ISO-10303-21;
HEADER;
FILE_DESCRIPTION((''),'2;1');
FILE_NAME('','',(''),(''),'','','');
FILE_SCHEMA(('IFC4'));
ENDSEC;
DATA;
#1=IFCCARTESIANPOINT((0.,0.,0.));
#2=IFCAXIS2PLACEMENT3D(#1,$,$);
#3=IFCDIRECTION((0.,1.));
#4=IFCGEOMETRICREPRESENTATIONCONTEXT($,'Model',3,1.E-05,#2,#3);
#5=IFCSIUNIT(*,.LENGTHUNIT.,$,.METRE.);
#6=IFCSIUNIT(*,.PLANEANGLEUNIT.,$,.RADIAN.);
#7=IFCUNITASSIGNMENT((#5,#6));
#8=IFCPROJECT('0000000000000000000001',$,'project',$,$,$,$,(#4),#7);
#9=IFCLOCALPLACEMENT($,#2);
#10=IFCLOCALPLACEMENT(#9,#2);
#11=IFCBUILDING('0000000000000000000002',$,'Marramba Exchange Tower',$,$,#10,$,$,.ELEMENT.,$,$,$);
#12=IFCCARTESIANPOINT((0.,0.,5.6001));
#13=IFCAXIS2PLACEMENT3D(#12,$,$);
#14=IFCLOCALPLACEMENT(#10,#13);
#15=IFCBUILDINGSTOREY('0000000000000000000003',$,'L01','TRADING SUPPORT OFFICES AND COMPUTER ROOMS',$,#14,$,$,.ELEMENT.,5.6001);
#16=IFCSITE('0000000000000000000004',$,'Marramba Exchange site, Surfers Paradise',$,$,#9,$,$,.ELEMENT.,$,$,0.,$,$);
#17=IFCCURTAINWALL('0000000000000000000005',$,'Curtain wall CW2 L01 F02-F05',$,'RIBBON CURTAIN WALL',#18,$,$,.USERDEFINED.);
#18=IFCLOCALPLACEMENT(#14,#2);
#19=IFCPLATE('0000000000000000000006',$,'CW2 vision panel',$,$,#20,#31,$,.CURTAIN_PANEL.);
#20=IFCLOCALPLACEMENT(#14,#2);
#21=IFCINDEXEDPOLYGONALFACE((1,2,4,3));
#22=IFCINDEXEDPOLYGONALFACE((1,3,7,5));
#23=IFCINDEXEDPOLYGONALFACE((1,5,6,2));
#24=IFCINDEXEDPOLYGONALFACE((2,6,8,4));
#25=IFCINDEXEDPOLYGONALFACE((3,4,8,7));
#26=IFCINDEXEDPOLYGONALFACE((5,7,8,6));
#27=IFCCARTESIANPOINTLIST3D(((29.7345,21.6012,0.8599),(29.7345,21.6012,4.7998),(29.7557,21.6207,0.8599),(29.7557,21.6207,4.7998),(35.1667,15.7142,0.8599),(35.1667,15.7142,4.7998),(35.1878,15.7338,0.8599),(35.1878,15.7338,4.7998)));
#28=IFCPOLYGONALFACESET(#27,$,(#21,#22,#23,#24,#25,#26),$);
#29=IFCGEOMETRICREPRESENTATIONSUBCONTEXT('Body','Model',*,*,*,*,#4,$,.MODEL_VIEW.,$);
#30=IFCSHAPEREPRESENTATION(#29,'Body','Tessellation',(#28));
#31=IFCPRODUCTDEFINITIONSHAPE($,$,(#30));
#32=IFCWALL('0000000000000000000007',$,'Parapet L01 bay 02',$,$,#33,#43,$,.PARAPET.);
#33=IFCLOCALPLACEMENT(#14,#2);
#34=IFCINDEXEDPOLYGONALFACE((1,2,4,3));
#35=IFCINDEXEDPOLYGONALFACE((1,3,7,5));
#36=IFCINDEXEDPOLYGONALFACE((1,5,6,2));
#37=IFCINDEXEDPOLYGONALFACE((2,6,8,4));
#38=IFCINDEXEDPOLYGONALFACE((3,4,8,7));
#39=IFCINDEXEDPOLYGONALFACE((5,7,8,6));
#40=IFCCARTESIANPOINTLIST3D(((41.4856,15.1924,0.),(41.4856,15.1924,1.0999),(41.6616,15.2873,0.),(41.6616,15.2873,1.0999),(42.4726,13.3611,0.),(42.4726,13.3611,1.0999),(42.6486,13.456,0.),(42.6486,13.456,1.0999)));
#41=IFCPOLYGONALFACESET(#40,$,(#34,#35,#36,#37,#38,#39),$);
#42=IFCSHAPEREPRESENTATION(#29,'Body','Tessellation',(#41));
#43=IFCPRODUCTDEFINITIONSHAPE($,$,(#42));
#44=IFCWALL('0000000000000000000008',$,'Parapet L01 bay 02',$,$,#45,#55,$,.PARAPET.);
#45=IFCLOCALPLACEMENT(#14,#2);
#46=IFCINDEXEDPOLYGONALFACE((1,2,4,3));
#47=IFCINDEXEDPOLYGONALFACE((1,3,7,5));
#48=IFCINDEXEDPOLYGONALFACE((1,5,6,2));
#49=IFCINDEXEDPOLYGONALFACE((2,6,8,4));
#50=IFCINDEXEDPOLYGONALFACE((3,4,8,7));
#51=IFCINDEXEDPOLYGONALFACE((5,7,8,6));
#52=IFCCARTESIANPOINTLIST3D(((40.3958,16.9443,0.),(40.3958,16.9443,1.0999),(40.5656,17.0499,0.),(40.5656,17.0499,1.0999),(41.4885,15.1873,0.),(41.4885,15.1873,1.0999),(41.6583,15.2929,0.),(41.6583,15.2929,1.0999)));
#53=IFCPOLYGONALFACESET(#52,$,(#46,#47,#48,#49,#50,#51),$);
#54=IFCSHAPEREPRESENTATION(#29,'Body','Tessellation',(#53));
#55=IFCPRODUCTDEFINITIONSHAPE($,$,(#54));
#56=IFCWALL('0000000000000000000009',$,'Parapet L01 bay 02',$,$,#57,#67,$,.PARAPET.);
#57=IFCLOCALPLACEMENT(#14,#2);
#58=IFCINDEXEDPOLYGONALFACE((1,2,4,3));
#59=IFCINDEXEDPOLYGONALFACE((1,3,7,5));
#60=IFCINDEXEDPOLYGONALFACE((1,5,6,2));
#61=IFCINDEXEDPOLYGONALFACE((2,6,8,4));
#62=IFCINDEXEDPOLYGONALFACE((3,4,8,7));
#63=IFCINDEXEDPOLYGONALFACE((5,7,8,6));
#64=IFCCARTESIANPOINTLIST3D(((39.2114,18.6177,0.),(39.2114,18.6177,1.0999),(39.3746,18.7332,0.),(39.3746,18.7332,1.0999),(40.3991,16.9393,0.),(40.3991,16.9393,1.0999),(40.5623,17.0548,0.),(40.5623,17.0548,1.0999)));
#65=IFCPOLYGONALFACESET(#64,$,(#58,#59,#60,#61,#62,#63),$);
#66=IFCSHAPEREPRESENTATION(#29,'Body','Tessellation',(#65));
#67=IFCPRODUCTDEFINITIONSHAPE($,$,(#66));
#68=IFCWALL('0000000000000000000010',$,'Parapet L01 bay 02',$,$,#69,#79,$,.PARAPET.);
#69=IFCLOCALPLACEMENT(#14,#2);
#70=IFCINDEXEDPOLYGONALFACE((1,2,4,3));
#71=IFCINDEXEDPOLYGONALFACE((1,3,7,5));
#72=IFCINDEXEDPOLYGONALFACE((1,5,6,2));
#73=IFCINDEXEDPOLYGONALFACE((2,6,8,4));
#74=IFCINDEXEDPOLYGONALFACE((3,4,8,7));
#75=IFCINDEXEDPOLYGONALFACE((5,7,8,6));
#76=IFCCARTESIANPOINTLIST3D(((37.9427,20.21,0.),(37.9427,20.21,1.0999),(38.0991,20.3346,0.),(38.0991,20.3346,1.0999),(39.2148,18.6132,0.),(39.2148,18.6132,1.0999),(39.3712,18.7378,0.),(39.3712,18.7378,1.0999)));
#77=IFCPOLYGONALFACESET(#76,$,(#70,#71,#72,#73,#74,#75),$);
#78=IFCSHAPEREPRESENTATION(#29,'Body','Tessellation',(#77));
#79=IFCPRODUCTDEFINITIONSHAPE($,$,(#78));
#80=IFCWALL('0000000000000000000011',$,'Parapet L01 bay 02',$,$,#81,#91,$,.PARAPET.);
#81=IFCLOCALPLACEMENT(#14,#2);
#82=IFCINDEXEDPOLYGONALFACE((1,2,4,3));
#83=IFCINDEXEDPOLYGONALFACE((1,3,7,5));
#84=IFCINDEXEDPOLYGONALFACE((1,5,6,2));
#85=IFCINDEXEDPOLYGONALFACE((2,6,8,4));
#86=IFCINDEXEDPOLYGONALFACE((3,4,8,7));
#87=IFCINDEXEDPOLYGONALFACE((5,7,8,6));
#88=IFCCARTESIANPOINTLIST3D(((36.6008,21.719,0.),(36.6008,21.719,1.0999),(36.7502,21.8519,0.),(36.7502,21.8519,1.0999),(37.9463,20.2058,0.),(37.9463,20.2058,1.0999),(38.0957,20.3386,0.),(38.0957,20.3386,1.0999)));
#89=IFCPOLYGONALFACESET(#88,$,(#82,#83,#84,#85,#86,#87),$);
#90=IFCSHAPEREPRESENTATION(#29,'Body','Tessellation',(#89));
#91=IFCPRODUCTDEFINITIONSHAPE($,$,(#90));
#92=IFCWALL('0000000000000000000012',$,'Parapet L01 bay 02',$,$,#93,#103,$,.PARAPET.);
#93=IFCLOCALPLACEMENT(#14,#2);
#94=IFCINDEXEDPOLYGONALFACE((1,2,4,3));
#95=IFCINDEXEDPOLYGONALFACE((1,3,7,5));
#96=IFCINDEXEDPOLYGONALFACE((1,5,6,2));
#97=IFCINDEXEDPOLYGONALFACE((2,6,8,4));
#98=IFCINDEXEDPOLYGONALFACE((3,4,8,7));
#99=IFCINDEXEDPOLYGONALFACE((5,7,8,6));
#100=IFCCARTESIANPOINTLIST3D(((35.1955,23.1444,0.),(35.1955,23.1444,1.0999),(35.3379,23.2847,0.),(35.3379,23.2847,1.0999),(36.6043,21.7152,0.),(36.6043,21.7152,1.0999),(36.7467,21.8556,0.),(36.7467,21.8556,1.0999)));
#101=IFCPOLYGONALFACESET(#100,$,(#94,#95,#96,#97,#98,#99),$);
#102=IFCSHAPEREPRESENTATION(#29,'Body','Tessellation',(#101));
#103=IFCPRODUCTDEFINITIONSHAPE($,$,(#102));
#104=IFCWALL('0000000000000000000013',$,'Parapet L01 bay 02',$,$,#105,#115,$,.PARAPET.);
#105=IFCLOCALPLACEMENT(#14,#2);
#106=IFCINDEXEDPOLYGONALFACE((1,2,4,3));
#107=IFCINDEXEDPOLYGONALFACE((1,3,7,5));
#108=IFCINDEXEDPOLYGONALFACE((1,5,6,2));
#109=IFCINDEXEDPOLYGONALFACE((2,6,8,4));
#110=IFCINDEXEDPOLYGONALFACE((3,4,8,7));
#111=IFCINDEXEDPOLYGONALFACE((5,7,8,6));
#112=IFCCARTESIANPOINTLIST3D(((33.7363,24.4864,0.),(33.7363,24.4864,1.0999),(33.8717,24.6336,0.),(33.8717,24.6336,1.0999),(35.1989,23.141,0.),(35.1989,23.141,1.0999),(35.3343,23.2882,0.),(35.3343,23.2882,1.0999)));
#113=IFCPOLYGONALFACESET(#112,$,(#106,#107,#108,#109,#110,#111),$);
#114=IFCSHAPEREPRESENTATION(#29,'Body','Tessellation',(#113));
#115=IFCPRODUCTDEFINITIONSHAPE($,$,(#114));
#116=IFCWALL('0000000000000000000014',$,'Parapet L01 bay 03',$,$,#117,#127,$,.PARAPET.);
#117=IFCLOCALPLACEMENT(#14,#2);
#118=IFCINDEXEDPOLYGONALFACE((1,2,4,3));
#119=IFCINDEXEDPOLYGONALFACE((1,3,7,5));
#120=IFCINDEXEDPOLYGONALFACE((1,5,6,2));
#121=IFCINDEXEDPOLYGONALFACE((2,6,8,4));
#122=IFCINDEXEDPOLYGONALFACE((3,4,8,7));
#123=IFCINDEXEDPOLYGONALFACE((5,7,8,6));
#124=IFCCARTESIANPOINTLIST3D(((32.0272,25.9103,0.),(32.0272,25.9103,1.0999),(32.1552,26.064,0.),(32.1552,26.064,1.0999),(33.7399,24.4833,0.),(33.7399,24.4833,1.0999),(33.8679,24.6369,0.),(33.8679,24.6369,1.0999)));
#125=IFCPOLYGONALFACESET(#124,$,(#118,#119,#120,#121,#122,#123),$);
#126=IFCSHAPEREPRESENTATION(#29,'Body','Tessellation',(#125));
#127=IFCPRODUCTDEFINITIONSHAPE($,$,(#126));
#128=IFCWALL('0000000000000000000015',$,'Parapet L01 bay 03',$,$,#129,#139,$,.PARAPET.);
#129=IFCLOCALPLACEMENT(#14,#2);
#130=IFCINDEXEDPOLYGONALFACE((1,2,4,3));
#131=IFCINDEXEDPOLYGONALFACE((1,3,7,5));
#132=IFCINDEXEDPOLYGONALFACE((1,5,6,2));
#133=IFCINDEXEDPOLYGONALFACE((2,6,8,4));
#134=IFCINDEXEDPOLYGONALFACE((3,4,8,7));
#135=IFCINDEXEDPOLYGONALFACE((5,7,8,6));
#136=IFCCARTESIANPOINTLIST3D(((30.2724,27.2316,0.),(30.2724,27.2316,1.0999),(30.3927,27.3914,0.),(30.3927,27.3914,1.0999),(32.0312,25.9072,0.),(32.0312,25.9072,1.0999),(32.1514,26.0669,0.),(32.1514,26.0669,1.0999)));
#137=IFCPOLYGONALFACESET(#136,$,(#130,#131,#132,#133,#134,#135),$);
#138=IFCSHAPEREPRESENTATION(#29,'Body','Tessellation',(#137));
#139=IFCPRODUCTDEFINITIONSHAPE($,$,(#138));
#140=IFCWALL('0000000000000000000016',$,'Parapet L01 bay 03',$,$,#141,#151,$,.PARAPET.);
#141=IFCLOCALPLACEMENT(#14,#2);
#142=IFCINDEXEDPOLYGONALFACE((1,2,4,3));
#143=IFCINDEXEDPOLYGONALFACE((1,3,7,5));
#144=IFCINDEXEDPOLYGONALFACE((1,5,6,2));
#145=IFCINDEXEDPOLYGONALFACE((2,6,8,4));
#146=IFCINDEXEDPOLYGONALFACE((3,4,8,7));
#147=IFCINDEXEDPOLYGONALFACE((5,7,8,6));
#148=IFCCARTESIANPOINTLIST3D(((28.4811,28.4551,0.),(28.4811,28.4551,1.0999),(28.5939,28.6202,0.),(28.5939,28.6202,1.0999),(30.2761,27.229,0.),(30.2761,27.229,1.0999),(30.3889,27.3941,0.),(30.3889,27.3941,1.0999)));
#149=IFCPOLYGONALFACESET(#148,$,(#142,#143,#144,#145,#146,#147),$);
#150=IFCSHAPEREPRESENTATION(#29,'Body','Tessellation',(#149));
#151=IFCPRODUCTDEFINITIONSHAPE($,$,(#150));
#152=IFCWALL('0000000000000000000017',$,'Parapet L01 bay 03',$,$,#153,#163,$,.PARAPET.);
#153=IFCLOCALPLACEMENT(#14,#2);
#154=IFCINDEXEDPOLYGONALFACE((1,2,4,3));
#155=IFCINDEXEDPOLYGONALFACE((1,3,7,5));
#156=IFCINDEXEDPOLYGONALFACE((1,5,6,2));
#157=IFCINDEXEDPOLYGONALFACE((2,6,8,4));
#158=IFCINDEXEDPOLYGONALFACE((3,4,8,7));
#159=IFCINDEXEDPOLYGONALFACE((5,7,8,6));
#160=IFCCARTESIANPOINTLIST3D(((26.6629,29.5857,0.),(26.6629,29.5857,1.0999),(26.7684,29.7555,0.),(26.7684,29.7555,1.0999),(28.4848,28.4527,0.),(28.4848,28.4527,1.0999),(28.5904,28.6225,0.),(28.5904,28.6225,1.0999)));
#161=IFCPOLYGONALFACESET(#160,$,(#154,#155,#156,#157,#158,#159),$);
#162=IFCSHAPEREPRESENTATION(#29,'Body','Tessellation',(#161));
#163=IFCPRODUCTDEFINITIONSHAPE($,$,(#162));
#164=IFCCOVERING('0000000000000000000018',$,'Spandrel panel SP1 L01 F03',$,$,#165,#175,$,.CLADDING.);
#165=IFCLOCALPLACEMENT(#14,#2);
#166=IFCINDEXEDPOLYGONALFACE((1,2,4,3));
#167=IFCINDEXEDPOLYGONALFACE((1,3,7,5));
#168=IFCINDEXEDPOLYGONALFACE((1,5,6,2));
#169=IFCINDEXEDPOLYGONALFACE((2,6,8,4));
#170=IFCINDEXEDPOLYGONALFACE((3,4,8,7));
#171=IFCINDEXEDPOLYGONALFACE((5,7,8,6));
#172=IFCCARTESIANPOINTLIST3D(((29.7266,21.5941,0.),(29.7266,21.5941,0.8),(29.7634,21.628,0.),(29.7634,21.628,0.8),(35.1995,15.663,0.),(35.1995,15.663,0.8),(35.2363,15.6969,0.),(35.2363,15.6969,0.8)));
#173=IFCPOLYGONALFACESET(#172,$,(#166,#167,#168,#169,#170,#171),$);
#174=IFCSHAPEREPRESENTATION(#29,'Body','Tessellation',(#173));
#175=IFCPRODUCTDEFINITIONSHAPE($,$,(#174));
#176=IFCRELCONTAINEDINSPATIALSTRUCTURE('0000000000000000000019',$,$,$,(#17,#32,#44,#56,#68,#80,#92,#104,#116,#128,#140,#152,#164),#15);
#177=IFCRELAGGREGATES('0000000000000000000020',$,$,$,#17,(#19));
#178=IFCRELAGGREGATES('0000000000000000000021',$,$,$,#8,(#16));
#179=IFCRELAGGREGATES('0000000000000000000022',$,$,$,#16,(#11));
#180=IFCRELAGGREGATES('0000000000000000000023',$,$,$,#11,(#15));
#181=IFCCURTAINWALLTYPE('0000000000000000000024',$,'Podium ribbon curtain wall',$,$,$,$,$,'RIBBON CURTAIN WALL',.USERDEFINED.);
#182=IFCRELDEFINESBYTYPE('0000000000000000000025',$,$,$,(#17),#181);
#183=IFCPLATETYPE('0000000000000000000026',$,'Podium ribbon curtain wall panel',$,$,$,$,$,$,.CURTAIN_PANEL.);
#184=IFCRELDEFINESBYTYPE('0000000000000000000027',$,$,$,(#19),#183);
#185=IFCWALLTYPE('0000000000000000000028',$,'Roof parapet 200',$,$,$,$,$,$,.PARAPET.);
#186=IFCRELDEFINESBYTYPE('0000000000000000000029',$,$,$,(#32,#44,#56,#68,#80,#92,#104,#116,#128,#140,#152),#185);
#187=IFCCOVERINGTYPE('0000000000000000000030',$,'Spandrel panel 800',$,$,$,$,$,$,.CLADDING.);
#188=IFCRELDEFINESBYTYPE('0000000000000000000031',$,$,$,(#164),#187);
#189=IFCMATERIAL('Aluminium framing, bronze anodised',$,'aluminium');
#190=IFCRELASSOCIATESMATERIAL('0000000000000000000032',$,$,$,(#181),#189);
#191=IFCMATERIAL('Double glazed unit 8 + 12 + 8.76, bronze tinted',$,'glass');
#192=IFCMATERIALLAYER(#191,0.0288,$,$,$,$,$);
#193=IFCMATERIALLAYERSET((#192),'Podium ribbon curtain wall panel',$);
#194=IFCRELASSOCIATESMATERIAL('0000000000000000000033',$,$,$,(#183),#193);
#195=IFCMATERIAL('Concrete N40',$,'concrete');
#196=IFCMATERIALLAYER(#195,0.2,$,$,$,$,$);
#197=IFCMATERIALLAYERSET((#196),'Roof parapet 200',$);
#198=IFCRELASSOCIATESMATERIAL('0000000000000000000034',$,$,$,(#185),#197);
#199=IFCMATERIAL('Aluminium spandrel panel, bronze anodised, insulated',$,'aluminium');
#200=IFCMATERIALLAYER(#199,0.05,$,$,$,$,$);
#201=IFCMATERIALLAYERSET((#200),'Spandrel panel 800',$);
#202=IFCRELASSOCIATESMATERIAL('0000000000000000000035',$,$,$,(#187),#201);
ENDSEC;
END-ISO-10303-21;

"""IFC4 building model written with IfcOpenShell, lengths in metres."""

from ifc_helpers import new_model, si_unit, direction, frame, frame_2d, origin, origin_2d, place, context, subcontext, project, spatial, rectangle, extrude, material, layer, layer_set, type_object, element, aggregate, save


model = new_model("IFC4")

# Units and contexts
model_context = context("Model", 3, precision=1e-05, world=origin(), true_north=direction((0.0, 1.0)))
body_context = subcontext(model_context, "Body", "Model", "MODEL_VIEW")
ifc_project = project(units=[si_unit("LENGTHUNIT", "METRE"), si_unit("PLANEANGLEUNIT", "RADIAN")], contexts=[model_context])

# Site, building, storey
site_placement = place(None, origin())
site = spatial("IfcSite", under=ifc_project, at=site_placement, Name="Marramba Exchange site, Surfers Paradise", CompositionType="ELEMENT", RefElevation=0.0)
building_placement = place(site_placement, origin())
building = spatial("IfcBuilding", under=site, at=building_placement, Name="Marramba Exchange Tower", CompositionType="ELEMENT")
storey_placement = place(building_placement, frame((0.0, 0.0, 5.6001)))
storey = spatial("IfcBuildingStorey", under=building, at=storey_placement, Name="L01", Description="TRADING SUPPORT OFFICES AND COMPUTER ROOMS", CompositionType="ELEMENT", Elevation=5.6001)

# Curtain wall
ifc_material_1 = material(Name="Aluminium framing, bronze anodised", Category="aluminium")
curtain_wall_type = type_object("IfcCurtainWallType", Name="Podium ribbon curtain wall", ElementType="RIBBON CURTAIN WALL", PredefinedType="USERDEFINED", material=ifc_material_1)
curtain_wall_placement = place(storey_placement, origin())
curtain_wall = element("IfcCurtainWall", 1, at=curtain_wall_placement, inside=storey, type_object=curtain_wall_type, Name="Curtain wall CW2 L01 F02-F05", ObjectType="RIBBON CURTAIN WALL", PredefinedType="USERDEFINED")

# Plate
ifc_material_2 = material(Name="Double glazed unit 8 + 12 + 8.76, bronze tinted", Category="glass")
ifc_layer_1 = layer(ifc_material_2, 0.0288)
ifc_layer_set_1 = layer_set([ifc_layer_1], Name="Podium ribbon curtain wall panel")
plate_type = type_object("IfcPlateType", Name="Podium ribbon curtain wall panel", PredefinedType="CURTAIN_PANEL", material=ifc_layer_set_1)
plate_placement = place(storey_placement, frame((32.4612, 18.6675, 0.8599), z_axis=(0.0, 0.0, 1.0), x_axis=(-0.678147, 0.734926, 0.0)))
plate = element("IfcPlate", 2, at=plate_placement, type_object=plate_type, Name="CW2 vision panel", PredefinedType="CURTAIN_PANEL", context=body_context, shape_type="SweptSolid", body=[
    extrude(rectangle(XDim=8.0103, YDim=0.0288, at=origin_2d()), origin(), (0.0, 0.0, 1.0), 3.9399),
])
aggregate(curtain_wall, [plate])

# Walls
ifc_material_3 = material(Name="Concrete N40", Category="concrete")
ifc_layer_2 = layer(ifc_material_3, 0.2)
ifc_layer_set_2 = layer_set([ifc_layer_2], Name="Roof parapet 200")
wall_type = type_object("IfcWallType", Name="Roof parapet 200", PredefinedType="PARAPET", material=ifc_layer_set_2)
wall_1_placement = place(storey_placement, frame((42.5605, 13.4087, 0.0), z_axis=(0.0, 0.0, 1.0), x_axis=(-0.474464, 0.880275, 0.0)))
element("IfcWall", 3, at=wall_1_placement, inside=storey, type_object=wall_type, Name="Parapet L01 bay 02", PredefinedType="PARAPET", context=body_context, shape_type="SweptSolid", body=[
    extrude(rectangle(XDim=2.0803, YDim=0.2, at=frame_2d((1.04, 0.0))), origin(), (0.0, 0.0, 1.0), 1.0999),
])
wall_2_placement = place(storey_placement, frame((41.5735, 15.24, 0.0), z_axis=(0.0, 0.0, 1.0), x_axis=(-0.52812, 0.849169, 0.0)))
element("IfcWall", 4, at=wall_2_placement, inside=storey, type_object=wall_type, Name="Parapet L01 bay 02", PredefinedType="PARAPET", context=body_context, shape_type="SweptSolid", body=[
    extrude(rectangle(XDim=2.0691, YDim=0.2, at=frame_2d((1.0347, 0.0))), origin(), (0.0, 0.0, 1.0), 1.0999),
])
wall_3_placement = place(storey_placement, frame((40.4807, 16.9971, 0.0), z_axis=(0.0, 0.0, 1.0), x_axis=(-0.577638, 0.816293, 0.0)))
element("IfcWall", 5, at=wall_3_placement, inside=storey, type_object=wall_type, Name="Parapet L01 bay 02", PredefinedType="PARAPET", context=body_context, shape_type="SweptSolid", body=[
    extrude(rectangle(XDim=2.0562, YDim=0.2, at=frame_2d((1.0281, 0.0))), origin(), (0.0, 0.0, 1.0), 1.0999),
])
wall_4_placement = place(storey_placement, frame((39.293, 18.6755, 0.0), z_axis=(0.0, 0.0, 1.0), x_axis=(-0.623089, 0.782151, 0.0)))
element("IfcWall", 6, at=wall_4_placement, inside=storey, type_object=wall_type, Name="Parapet L01 bay 02", PredefinedType="PARAPET", context=body_context, shape_type="SweptSolid", body=[
    extrude(rectangle(XDim=2.0415, YDim=0.2, at=frame_2d((1.0208, 0.0))), origin(), (0.0, 0.0, 1.0), 1.0999),
])
wall_5_placement = place(storey_placement, frame((38.021, 20.2722, 0.0), z_axis=(0.0, 0.0, 1.0), x_axis=(-0.664476, 0.74731, 0.0)))
element("IfcWall", 7, at=wall_5_placement, inside=storey, type_object=wall_type, Name="Parapet L01 bay 02", PredefinedType="PARAPET", context=body_context, shape_type="SweptSolid", body=[
    extrude(rectangle(XDim=2.0249, YDim=0.2, at=frame_2d((1.0125, 0.0))), origin(), (0.0, 0.0, 1.0), 1.0999),
])
wall_6_placement = place(storey_placement, frame((36.6755, 21.7854, 0.0), z_axis=(0.0, 0.0, 1.0), x_axis=(-0.70204, 0.712137, 0.0)))
element("IfcWall", 8, at=wall_6_placement, inside=storey, type_object=wall_type, Name="Parapet L01 bay 02", PredefinedType="PARAPET", context=body_context, shape_type="SweptSolid", body=[
    extrude(rectangle(XDim=2.0068, YDim=0.2, at=frame_2d((1.0034, 0.0))), origin(), (0.0, 0.0, 1.0), 1.0999),
])
wall_7_placement = place(storey_placement, frame((35.2666, 23.2146, 0.0), z_axis=(0.0, 0.0, 1.0), x_axis=(-0.735975, 0.677009, 0.0)))
element("IfcWall", 9, at=wall_7_placement, inside=storey, type_object=wall_type, Name="Parapet L01 bay 02", PredefinedType="PARAPET", context=body_context, shape_type="SweptSolid", body=[
    extrude(rectangle(XDim=1.9873, YDim=0.2, at=frame_2d((0.9937, 0.0))), origin(), (0.0, 0.0, 1.0), 1.0999),
])
wall_8_placement = place(storey_placement, frame((33.804, 24.5601, 0.0), z_axis=(0.0, 0.0, 1.0), x_axis=(-0.768266, 0.640131, 0.0)))
element("IfcWall", 10, at=wall_8_placement, inside=storey, type_object=wall_type, Name="Parapet L01 bay 03", PredefinedType="PARAPET", context=body_context, shape_type="SweptSolid", body=[
    extrude(rectangle(XDim=2.2292, YDim=0.2, at=frame_2d((1.1147, 0.0))), origin(), (0.0, 0.0, 1.0), 1.0999),
])
wall_9_placement = place(storey_placement, frame((32.0913, 25.9871, 0.0), z_axis=(0.0, 0.0, 1.0), x_axis=(-0.798828, 0.60156, 0.0)))
element("IfcWall", 11, at=wall_9_placement, inside=storey, type_object=wall_type, Name="Parapet L01 bay 03", PredefinedType="PARAPET", context=body_context, shape_type="SweptSolid", body=[
    extrude(rectangle(XDim=2.2017, YDim=0.2, at=frame_2d((1.1008, 0.0))), origin(), (0.0, 0.0, 1.0), 1.0999),
])
wall_10_placement = place(storey_placement, frame((30.3325, 27.3115, 0.0), z_axis=(0.0, 0.0, 1.0), x_axis=(-0.825742, 0.564048, 0.0)))
element("IfcWall", 12, at=wall_10_placement, inside=storey, type_object=wall_type, Name="Parapet L01 bay 03", PredefinedType="PARAPET", context=body_context, shape_type="SweptSolid", body=[
    extrude(rectangle(XDim=2.1738, YDim=0.2, at=frame_2d((1.0869, 0.0))), origin(), (0.0, 0.0, 1.0), 1.0999),
])
wall_11_placement = place(storey_placement, frame((28.5376, 28.5376, 0.0), z_axis=(0.0, 0.0, 1.0), x_axis=(-0.849192, 0.528085, 0.0)))
element("IfcWall", 13, at=wall_11_placement, inside=storey, type_object=wall_type, Name="Parapet L01 bay 03", PredefinedType="PARAPET", context=body_context, shape_type="SweptSolid", body=[
    extrude(rectangle(XDim=2.1455, YDim=0.2, at=frame_2d((1.0728, 0.0))), origin(), (0.0, 0.0, 1.0), 1.0999),
])

# Covering
ifc_material_4 = material(Name="Aluminium spandrel panel, bronze anodised, insulated", Category="aluminium")
ifc_layer_3 = layer(ifc_material_4, 0.05)
ifc_layer_set_3 = layer_set([ifc_layer_3], Name="Spandrel panel 800")
covering_type = type_object("IfcCoveringType", Name="Spandrel panel 800", PredefinedType="CLADDING", material=ifc_layer_set_3)
covering_placement = place(storey_placement, frame((32.4814, 18.6455, 0.0), z_axis=(0.0, 0.0, 1.0), x_axis=(-0.678147, 0.734926, 0.0)))
element("IfcCovering", 14, at=covering_placement, inside=storey, type_object=covering_type, Name="Spandrel panel SP1 L01 F03", PredefinedType="CLADDING", context=body_context, shape_type="SweptSolid", body=[
    extrude(rectangle(XDim=8.0703, YDim=0.05, at=origin_2d()), origin(), (0.0, 0.0, 1.0), 0.8),
])

save(model, "model.ifc")
